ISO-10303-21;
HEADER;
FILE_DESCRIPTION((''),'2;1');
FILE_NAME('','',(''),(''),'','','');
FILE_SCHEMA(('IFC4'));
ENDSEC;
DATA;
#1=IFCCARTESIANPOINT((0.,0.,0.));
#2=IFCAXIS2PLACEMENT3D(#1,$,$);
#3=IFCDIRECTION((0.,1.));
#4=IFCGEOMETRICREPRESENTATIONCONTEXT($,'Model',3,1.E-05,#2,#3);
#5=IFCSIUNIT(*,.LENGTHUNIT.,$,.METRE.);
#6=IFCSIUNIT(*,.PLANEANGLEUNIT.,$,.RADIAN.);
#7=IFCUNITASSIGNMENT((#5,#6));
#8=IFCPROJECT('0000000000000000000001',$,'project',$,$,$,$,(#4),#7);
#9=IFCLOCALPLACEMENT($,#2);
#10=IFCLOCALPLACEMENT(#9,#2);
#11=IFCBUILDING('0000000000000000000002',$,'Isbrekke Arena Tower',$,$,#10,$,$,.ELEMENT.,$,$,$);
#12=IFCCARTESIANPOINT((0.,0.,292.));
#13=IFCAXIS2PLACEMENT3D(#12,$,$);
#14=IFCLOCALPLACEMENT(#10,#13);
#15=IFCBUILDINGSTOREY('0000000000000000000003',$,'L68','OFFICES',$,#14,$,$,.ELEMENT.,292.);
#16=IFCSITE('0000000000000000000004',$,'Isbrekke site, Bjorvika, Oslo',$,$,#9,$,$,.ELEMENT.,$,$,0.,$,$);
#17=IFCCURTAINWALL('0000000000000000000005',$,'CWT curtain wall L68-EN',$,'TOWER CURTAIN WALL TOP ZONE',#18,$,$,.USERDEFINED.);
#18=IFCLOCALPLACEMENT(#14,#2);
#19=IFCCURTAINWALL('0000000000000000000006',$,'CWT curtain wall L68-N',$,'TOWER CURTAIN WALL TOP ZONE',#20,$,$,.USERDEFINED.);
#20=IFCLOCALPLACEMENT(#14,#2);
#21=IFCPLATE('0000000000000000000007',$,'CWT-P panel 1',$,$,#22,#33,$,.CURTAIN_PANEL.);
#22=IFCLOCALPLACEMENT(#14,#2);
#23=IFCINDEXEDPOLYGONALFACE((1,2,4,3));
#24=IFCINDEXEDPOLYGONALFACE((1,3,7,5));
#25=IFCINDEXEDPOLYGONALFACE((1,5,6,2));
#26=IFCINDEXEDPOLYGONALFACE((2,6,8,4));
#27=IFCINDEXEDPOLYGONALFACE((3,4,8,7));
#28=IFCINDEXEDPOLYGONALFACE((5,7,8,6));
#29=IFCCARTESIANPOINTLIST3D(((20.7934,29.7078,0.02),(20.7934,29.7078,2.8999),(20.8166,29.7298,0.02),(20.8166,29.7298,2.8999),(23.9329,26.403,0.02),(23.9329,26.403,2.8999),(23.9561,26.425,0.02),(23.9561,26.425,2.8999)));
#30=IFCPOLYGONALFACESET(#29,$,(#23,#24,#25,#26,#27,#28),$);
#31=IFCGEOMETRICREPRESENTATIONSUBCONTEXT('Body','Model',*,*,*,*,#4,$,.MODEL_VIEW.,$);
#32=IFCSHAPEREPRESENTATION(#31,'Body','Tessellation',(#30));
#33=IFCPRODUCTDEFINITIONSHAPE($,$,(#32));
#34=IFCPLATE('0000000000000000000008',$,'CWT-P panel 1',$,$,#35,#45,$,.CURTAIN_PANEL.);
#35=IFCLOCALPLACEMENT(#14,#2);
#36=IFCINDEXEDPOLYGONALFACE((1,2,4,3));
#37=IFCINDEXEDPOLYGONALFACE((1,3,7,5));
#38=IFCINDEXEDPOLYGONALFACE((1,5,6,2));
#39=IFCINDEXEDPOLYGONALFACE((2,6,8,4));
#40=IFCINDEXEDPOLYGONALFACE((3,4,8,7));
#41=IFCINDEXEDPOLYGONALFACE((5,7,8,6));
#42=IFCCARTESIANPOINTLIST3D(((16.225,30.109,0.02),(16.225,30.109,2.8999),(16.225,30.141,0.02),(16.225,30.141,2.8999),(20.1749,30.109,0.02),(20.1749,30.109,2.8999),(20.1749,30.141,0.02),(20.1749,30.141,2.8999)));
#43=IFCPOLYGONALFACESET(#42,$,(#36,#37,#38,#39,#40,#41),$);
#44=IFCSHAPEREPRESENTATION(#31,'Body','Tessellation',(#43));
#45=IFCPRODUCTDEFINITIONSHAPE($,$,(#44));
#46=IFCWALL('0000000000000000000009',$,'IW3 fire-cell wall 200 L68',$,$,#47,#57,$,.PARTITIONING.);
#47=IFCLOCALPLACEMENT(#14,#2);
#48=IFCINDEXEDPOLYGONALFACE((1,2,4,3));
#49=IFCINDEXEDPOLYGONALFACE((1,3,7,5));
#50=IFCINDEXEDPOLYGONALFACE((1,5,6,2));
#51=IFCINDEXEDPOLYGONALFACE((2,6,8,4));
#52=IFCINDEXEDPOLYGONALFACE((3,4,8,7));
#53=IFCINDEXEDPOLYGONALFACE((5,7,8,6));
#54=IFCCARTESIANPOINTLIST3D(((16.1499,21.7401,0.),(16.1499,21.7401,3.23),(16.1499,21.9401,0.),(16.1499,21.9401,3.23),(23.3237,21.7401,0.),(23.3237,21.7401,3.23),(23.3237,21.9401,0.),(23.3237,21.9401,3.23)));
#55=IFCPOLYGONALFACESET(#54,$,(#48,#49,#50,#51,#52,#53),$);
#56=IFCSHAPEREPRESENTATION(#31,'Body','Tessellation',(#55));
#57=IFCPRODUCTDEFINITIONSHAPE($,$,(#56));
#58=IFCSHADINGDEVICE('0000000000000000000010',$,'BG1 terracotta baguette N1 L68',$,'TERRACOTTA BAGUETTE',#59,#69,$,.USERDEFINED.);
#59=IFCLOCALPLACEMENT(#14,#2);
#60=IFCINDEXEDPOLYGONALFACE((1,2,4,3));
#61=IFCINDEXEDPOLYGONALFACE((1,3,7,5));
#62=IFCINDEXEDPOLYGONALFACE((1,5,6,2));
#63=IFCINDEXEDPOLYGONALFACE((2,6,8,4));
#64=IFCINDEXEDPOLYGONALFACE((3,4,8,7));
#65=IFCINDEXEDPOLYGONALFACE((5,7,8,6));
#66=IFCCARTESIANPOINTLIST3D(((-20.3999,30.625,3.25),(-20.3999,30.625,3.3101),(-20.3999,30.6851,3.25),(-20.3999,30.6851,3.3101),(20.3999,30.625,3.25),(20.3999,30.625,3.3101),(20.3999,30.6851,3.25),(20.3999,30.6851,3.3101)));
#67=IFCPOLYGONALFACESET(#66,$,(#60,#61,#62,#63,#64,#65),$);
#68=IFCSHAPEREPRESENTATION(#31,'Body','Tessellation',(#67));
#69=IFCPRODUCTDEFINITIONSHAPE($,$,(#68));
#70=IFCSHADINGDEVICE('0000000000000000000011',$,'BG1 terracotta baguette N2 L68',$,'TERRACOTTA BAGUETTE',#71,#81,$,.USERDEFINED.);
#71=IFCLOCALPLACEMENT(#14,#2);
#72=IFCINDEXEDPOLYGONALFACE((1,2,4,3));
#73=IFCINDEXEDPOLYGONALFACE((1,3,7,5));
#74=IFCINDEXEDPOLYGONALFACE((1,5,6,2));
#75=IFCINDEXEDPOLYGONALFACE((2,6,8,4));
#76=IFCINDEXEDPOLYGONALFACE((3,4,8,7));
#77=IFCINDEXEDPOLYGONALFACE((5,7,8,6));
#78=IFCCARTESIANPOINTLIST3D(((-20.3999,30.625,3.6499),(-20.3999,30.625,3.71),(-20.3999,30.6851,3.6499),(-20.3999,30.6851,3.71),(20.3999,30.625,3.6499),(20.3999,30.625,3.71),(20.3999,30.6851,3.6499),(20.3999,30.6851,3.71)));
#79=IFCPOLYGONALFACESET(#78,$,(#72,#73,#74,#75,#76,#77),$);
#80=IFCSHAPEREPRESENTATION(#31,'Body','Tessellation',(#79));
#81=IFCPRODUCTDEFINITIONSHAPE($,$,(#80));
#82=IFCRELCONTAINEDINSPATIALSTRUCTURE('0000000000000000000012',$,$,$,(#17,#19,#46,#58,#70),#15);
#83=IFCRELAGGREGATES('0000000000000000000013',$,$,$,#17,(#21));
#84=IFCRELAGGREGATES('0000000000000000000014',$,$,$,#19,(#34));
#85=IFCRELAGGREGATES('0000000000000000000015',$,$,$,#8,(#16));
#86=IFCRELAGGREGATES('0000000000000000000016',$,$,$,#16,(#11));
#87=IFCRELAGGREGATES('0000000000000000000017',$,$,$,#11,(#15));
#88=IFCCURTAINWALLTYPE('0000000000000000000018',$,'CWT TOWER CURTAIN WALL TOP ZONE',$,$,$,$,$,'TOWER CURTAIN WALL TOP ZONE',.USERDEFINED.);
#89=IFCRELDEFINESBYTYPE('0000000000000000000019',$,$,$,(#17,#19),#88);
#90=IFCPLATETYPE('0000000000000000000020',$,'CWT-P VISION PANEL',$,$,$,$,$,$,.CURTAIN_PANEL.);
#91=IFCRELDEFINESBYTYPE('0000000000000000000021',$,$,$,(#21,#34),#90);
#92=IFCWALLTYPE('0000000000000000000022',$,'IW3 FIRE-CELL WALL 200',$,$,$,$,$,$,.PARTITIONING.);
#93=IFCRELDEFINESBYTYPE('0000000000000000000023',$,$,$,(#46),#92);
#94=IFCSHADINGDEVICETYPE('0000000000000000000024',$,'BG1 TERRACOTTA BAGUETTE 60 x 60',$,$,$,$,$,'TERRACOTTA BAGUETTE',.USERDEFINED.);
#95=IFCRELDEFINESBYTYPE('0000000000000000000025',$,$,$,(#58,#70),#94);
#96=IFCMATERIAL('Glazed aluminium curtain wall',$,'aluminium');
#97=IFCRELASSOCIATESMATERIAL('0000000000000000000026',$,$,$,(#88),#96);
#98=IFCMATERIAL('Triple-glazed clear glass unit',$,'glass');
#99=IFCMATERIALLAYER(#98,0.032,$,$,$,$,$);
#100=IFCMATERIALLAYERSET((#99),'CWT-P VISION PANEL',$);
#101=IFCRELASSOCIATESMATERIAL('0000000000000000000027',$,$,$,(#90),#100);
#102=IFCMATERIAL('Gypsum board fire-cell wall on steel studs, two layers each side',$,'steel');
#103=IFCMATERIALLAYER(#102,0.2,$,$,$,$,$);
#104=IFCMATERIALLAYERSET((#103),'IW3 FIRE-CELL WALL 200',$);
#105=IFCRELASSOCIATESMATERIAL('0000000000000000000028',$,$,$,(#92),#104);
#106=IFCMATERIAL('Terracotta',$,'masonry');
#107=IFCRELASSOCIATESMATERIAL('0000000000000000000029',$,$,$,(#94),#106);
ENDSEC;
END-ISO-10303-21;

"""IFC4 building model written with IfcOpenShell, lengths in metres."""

from ifc_helpers import new_model, si_unit, direction, frame, frame_2d, origin, origin_2d, place, context, subcontext, project, spatial, rectangle, extrude, material, layer, layer_set, material_profile, profile_set, type_object, element, aggregate, save


model = new_model("IFC4")

# Units and contexts
model_context = context("Model", 3, precision=1e-05, world=origin(), true_north=direction((0.0, 1.0)))
body_context = subcontext(model_context, "Body", "Model", "MODEL_VIEW")
ifc_project = project(units=[si_unit("LENGTHUNIT", "METRE"), si_unit("PLANEANGLEUNIT", "RADIAN")], contexts=[model_context])

# Site, building, storey
site_placement = place(None, origin())
site = spatial("IfcSite", under=ifc_project, at=site_placement, Name="Isbrekke site, Bjorvika, Oslo", CompositionType="ELEMENT", RefElevation=0.0)
building_placement = place(site_placement, origin())
building = spatial("IfcBuilding", under=site, at=building_placement, Name="Isbrekke Arena Tower", CompositionType="ELEMENT")
storey_placement = place(building_placement, frame((0.0, 0.0, 292.0)))
storey = spatial("IfcBuildingStorey", under=building, at=storey_placement, Name="L68", Description="OFFICES", CompositionType="ELEMENT", Elevation=292.0)

# Curtain wall
ifc_material_1 = material(Name="Glazed aluminium curtain wall", Category="aluminium")
curtain_wall_type = type_object("IfcCurtainWallType", Name="CWT TOWER CURTAIN WALL TOP ZONE", ElementType="TOWER CURTAIN WALL TOP ZONE", PredefinedType="USERDEFINED", material=ifc_material_1)
curtain_wall_1_placement = place(storey_placement, origin())
curtain_wall_1 = element("IfcCurtainWall", 1, at=curtain_wall_1_placement, inside=storey, type_object=curtain_wall_type, Name="CWT curtain wall L68-EN", ObjectType="TOWER CURTAIN WALL TOP ZONE", PredefinedType="USERDEFINED")

# Curtain wall
curtain_wall_2_placement = place(storey_placement, origin())
curtain_wall_2 = element("IfcCurtainWall", 2, at=curtain_wall_2_placement, inside=storey, type_object=curtain_wall_type, Name="CWT curtain wall L68-N", ObjectType="TOWER CURTAIN WALL TOP ZONE", PredefinedType="USERDEFINED")

# Plates
ifc_material_2 = material(Name="Triple-glazed clear glass unit", Category="glass")
ifc_layer_1 = layer(ifc_material_2, 0.032)
ifc_layer_set_1 = layer_set([ifc_layer_1], Name="CWT-P VISION PANEL")
plate_type = type_object("IfcPlateType", Name="CWT-P VISION PANEL", PredefinedType="CURTAIN_PANEL", material=ifc_layer_set_1)
plate_1_placement = place(storey_placement, frame((22.3748, 28.0664, 0.02), z_axis=(0.0, 0.0, 1.0), x_axis=(-0.688749, 0.724999, 0.0)))
plate_1 = element("IfcPlate", 3, at=plate_1_placement, type_object=plate_type, Name="CWT-P panel 1", PredefinedType="CURTAIN_PANEL", context=body_context, shape_type="SweptSolid", body=[
    extrude(rectangle(XDim=4.5583, YDim=0.032, at=origin_2d()), origin(), (0.0, 0.0, 1.0), 2.8799),
])
aggregate(curtain_wall_1, [plate_1])
plate_2_placement = place(storey_placement, frame((18.2, 30.125, 0.02), z_axis=(0.0, 0.0, 1.0), x_axis=(-1.0, 0.0, 0.0)))
plate_2 = element("IfcPlate", 4, at=plate_2_placement, type_object=plate_type, Name="CWT-P panel 1", PredefinedType="CURTAIN_PANEL", context=body_context, shape_type="SweptSolid", body=[
    extrude(rectangle(XDim=3.95, YDim=0.032, at=origin_2d()), origin(), (0.0, 0.0, 1.0), 2.8799),
])
aggregate(curtain_wall_2, [plate_2])

# Wall
ifc_material_3 = material(Name="Gypsum board fire-cell wall on steel studs, two layers each side", Category="steel")
ifc_layer_2 = layer(ifc_material_3, 0.2)
ifc_layer_set_2 = layer_set([ifc_layer_2], Name="IW3 FIRE-CELL WALL 200")
wall_type = type_object("IfcWallType", Name="IW3 FIRE-CELL WALL 200", PredefinedType="PARTITIONING", material=ifc_layer_set_2)
wall_placement = place(storey_placement, frame((16.1499, 21.8401, 0.0), z_axis=(0.0, 0.0, 1.0), x_axis=(1.0, 0.0, 0.0)))
element("IfcWall", 5, at=wall_placement, inside=storey, type_object=wall_type, Name="IW3 fire-cell wall 200 L68", PredefinedType="PARTITIONING", context=body_context, shape_type="SweptSolid", body=[
    extrude(rectangle(XDim=7.1738, YDim=0.2, at=frame_2d((3.5869, 0.0))), origin(), (0.0, 0.0, 1.0), 3.23),
])

# Shading devices
ifc_material_4 = material(Name="Terracotta", Category="masonry")
ifc_material_profile_1 = material_profile(ifc_material_4, rectangle(XDim=0.0601, YDim=0.0601, at=origin_2d()), Name="BAGUETTE 60X60")
ifc_profile_set_1 = profile_set([ifc_material_profile_1], Name="Terracotta")
shading_device_type = type_object("IfcShadingDeviceType", Name="BG1 TERRACOTTA BAGUETTE 60 x 60", ElementType="TERRACOTTA BAGUETTE", PredefinedType="USERDEFINED", material=ifc_profile_set_1)
for number, where, z_axis, x_axis, name in (
    (6, (20.3999, 30.655, 3.28), (-1.0, 0.0, 0.0), (0.0, -1.0, 0.0), "BG1 terracotta baguette N1 L68"),
    (7, (20.3999, 30.655, 3.6799), (-1.0, 0.0, 0.0), (0.0, -1.0, 0.0), "BG1 terracotta baguette N2 L68"),
):
    element("IfcShadingDevice", number, at=place(storey_placement, frame(where, z_axis=z_axis, x_axis=x_axis)), inside=storey, type_object=shading_device_type, Name=name, ObjectType="TERRACOTTA BAGUETTE", PredefinedType="USERDEFINED", context=body_context, shape_type="SweptSolid", body=[
        extrude(rectangle(XDim=0.0601, YDim=0.0601, at=origin_2d()), origin(), (0.0, 0.0, 1.0), 40.7998),
    ])

save(model, "model.ifc")
